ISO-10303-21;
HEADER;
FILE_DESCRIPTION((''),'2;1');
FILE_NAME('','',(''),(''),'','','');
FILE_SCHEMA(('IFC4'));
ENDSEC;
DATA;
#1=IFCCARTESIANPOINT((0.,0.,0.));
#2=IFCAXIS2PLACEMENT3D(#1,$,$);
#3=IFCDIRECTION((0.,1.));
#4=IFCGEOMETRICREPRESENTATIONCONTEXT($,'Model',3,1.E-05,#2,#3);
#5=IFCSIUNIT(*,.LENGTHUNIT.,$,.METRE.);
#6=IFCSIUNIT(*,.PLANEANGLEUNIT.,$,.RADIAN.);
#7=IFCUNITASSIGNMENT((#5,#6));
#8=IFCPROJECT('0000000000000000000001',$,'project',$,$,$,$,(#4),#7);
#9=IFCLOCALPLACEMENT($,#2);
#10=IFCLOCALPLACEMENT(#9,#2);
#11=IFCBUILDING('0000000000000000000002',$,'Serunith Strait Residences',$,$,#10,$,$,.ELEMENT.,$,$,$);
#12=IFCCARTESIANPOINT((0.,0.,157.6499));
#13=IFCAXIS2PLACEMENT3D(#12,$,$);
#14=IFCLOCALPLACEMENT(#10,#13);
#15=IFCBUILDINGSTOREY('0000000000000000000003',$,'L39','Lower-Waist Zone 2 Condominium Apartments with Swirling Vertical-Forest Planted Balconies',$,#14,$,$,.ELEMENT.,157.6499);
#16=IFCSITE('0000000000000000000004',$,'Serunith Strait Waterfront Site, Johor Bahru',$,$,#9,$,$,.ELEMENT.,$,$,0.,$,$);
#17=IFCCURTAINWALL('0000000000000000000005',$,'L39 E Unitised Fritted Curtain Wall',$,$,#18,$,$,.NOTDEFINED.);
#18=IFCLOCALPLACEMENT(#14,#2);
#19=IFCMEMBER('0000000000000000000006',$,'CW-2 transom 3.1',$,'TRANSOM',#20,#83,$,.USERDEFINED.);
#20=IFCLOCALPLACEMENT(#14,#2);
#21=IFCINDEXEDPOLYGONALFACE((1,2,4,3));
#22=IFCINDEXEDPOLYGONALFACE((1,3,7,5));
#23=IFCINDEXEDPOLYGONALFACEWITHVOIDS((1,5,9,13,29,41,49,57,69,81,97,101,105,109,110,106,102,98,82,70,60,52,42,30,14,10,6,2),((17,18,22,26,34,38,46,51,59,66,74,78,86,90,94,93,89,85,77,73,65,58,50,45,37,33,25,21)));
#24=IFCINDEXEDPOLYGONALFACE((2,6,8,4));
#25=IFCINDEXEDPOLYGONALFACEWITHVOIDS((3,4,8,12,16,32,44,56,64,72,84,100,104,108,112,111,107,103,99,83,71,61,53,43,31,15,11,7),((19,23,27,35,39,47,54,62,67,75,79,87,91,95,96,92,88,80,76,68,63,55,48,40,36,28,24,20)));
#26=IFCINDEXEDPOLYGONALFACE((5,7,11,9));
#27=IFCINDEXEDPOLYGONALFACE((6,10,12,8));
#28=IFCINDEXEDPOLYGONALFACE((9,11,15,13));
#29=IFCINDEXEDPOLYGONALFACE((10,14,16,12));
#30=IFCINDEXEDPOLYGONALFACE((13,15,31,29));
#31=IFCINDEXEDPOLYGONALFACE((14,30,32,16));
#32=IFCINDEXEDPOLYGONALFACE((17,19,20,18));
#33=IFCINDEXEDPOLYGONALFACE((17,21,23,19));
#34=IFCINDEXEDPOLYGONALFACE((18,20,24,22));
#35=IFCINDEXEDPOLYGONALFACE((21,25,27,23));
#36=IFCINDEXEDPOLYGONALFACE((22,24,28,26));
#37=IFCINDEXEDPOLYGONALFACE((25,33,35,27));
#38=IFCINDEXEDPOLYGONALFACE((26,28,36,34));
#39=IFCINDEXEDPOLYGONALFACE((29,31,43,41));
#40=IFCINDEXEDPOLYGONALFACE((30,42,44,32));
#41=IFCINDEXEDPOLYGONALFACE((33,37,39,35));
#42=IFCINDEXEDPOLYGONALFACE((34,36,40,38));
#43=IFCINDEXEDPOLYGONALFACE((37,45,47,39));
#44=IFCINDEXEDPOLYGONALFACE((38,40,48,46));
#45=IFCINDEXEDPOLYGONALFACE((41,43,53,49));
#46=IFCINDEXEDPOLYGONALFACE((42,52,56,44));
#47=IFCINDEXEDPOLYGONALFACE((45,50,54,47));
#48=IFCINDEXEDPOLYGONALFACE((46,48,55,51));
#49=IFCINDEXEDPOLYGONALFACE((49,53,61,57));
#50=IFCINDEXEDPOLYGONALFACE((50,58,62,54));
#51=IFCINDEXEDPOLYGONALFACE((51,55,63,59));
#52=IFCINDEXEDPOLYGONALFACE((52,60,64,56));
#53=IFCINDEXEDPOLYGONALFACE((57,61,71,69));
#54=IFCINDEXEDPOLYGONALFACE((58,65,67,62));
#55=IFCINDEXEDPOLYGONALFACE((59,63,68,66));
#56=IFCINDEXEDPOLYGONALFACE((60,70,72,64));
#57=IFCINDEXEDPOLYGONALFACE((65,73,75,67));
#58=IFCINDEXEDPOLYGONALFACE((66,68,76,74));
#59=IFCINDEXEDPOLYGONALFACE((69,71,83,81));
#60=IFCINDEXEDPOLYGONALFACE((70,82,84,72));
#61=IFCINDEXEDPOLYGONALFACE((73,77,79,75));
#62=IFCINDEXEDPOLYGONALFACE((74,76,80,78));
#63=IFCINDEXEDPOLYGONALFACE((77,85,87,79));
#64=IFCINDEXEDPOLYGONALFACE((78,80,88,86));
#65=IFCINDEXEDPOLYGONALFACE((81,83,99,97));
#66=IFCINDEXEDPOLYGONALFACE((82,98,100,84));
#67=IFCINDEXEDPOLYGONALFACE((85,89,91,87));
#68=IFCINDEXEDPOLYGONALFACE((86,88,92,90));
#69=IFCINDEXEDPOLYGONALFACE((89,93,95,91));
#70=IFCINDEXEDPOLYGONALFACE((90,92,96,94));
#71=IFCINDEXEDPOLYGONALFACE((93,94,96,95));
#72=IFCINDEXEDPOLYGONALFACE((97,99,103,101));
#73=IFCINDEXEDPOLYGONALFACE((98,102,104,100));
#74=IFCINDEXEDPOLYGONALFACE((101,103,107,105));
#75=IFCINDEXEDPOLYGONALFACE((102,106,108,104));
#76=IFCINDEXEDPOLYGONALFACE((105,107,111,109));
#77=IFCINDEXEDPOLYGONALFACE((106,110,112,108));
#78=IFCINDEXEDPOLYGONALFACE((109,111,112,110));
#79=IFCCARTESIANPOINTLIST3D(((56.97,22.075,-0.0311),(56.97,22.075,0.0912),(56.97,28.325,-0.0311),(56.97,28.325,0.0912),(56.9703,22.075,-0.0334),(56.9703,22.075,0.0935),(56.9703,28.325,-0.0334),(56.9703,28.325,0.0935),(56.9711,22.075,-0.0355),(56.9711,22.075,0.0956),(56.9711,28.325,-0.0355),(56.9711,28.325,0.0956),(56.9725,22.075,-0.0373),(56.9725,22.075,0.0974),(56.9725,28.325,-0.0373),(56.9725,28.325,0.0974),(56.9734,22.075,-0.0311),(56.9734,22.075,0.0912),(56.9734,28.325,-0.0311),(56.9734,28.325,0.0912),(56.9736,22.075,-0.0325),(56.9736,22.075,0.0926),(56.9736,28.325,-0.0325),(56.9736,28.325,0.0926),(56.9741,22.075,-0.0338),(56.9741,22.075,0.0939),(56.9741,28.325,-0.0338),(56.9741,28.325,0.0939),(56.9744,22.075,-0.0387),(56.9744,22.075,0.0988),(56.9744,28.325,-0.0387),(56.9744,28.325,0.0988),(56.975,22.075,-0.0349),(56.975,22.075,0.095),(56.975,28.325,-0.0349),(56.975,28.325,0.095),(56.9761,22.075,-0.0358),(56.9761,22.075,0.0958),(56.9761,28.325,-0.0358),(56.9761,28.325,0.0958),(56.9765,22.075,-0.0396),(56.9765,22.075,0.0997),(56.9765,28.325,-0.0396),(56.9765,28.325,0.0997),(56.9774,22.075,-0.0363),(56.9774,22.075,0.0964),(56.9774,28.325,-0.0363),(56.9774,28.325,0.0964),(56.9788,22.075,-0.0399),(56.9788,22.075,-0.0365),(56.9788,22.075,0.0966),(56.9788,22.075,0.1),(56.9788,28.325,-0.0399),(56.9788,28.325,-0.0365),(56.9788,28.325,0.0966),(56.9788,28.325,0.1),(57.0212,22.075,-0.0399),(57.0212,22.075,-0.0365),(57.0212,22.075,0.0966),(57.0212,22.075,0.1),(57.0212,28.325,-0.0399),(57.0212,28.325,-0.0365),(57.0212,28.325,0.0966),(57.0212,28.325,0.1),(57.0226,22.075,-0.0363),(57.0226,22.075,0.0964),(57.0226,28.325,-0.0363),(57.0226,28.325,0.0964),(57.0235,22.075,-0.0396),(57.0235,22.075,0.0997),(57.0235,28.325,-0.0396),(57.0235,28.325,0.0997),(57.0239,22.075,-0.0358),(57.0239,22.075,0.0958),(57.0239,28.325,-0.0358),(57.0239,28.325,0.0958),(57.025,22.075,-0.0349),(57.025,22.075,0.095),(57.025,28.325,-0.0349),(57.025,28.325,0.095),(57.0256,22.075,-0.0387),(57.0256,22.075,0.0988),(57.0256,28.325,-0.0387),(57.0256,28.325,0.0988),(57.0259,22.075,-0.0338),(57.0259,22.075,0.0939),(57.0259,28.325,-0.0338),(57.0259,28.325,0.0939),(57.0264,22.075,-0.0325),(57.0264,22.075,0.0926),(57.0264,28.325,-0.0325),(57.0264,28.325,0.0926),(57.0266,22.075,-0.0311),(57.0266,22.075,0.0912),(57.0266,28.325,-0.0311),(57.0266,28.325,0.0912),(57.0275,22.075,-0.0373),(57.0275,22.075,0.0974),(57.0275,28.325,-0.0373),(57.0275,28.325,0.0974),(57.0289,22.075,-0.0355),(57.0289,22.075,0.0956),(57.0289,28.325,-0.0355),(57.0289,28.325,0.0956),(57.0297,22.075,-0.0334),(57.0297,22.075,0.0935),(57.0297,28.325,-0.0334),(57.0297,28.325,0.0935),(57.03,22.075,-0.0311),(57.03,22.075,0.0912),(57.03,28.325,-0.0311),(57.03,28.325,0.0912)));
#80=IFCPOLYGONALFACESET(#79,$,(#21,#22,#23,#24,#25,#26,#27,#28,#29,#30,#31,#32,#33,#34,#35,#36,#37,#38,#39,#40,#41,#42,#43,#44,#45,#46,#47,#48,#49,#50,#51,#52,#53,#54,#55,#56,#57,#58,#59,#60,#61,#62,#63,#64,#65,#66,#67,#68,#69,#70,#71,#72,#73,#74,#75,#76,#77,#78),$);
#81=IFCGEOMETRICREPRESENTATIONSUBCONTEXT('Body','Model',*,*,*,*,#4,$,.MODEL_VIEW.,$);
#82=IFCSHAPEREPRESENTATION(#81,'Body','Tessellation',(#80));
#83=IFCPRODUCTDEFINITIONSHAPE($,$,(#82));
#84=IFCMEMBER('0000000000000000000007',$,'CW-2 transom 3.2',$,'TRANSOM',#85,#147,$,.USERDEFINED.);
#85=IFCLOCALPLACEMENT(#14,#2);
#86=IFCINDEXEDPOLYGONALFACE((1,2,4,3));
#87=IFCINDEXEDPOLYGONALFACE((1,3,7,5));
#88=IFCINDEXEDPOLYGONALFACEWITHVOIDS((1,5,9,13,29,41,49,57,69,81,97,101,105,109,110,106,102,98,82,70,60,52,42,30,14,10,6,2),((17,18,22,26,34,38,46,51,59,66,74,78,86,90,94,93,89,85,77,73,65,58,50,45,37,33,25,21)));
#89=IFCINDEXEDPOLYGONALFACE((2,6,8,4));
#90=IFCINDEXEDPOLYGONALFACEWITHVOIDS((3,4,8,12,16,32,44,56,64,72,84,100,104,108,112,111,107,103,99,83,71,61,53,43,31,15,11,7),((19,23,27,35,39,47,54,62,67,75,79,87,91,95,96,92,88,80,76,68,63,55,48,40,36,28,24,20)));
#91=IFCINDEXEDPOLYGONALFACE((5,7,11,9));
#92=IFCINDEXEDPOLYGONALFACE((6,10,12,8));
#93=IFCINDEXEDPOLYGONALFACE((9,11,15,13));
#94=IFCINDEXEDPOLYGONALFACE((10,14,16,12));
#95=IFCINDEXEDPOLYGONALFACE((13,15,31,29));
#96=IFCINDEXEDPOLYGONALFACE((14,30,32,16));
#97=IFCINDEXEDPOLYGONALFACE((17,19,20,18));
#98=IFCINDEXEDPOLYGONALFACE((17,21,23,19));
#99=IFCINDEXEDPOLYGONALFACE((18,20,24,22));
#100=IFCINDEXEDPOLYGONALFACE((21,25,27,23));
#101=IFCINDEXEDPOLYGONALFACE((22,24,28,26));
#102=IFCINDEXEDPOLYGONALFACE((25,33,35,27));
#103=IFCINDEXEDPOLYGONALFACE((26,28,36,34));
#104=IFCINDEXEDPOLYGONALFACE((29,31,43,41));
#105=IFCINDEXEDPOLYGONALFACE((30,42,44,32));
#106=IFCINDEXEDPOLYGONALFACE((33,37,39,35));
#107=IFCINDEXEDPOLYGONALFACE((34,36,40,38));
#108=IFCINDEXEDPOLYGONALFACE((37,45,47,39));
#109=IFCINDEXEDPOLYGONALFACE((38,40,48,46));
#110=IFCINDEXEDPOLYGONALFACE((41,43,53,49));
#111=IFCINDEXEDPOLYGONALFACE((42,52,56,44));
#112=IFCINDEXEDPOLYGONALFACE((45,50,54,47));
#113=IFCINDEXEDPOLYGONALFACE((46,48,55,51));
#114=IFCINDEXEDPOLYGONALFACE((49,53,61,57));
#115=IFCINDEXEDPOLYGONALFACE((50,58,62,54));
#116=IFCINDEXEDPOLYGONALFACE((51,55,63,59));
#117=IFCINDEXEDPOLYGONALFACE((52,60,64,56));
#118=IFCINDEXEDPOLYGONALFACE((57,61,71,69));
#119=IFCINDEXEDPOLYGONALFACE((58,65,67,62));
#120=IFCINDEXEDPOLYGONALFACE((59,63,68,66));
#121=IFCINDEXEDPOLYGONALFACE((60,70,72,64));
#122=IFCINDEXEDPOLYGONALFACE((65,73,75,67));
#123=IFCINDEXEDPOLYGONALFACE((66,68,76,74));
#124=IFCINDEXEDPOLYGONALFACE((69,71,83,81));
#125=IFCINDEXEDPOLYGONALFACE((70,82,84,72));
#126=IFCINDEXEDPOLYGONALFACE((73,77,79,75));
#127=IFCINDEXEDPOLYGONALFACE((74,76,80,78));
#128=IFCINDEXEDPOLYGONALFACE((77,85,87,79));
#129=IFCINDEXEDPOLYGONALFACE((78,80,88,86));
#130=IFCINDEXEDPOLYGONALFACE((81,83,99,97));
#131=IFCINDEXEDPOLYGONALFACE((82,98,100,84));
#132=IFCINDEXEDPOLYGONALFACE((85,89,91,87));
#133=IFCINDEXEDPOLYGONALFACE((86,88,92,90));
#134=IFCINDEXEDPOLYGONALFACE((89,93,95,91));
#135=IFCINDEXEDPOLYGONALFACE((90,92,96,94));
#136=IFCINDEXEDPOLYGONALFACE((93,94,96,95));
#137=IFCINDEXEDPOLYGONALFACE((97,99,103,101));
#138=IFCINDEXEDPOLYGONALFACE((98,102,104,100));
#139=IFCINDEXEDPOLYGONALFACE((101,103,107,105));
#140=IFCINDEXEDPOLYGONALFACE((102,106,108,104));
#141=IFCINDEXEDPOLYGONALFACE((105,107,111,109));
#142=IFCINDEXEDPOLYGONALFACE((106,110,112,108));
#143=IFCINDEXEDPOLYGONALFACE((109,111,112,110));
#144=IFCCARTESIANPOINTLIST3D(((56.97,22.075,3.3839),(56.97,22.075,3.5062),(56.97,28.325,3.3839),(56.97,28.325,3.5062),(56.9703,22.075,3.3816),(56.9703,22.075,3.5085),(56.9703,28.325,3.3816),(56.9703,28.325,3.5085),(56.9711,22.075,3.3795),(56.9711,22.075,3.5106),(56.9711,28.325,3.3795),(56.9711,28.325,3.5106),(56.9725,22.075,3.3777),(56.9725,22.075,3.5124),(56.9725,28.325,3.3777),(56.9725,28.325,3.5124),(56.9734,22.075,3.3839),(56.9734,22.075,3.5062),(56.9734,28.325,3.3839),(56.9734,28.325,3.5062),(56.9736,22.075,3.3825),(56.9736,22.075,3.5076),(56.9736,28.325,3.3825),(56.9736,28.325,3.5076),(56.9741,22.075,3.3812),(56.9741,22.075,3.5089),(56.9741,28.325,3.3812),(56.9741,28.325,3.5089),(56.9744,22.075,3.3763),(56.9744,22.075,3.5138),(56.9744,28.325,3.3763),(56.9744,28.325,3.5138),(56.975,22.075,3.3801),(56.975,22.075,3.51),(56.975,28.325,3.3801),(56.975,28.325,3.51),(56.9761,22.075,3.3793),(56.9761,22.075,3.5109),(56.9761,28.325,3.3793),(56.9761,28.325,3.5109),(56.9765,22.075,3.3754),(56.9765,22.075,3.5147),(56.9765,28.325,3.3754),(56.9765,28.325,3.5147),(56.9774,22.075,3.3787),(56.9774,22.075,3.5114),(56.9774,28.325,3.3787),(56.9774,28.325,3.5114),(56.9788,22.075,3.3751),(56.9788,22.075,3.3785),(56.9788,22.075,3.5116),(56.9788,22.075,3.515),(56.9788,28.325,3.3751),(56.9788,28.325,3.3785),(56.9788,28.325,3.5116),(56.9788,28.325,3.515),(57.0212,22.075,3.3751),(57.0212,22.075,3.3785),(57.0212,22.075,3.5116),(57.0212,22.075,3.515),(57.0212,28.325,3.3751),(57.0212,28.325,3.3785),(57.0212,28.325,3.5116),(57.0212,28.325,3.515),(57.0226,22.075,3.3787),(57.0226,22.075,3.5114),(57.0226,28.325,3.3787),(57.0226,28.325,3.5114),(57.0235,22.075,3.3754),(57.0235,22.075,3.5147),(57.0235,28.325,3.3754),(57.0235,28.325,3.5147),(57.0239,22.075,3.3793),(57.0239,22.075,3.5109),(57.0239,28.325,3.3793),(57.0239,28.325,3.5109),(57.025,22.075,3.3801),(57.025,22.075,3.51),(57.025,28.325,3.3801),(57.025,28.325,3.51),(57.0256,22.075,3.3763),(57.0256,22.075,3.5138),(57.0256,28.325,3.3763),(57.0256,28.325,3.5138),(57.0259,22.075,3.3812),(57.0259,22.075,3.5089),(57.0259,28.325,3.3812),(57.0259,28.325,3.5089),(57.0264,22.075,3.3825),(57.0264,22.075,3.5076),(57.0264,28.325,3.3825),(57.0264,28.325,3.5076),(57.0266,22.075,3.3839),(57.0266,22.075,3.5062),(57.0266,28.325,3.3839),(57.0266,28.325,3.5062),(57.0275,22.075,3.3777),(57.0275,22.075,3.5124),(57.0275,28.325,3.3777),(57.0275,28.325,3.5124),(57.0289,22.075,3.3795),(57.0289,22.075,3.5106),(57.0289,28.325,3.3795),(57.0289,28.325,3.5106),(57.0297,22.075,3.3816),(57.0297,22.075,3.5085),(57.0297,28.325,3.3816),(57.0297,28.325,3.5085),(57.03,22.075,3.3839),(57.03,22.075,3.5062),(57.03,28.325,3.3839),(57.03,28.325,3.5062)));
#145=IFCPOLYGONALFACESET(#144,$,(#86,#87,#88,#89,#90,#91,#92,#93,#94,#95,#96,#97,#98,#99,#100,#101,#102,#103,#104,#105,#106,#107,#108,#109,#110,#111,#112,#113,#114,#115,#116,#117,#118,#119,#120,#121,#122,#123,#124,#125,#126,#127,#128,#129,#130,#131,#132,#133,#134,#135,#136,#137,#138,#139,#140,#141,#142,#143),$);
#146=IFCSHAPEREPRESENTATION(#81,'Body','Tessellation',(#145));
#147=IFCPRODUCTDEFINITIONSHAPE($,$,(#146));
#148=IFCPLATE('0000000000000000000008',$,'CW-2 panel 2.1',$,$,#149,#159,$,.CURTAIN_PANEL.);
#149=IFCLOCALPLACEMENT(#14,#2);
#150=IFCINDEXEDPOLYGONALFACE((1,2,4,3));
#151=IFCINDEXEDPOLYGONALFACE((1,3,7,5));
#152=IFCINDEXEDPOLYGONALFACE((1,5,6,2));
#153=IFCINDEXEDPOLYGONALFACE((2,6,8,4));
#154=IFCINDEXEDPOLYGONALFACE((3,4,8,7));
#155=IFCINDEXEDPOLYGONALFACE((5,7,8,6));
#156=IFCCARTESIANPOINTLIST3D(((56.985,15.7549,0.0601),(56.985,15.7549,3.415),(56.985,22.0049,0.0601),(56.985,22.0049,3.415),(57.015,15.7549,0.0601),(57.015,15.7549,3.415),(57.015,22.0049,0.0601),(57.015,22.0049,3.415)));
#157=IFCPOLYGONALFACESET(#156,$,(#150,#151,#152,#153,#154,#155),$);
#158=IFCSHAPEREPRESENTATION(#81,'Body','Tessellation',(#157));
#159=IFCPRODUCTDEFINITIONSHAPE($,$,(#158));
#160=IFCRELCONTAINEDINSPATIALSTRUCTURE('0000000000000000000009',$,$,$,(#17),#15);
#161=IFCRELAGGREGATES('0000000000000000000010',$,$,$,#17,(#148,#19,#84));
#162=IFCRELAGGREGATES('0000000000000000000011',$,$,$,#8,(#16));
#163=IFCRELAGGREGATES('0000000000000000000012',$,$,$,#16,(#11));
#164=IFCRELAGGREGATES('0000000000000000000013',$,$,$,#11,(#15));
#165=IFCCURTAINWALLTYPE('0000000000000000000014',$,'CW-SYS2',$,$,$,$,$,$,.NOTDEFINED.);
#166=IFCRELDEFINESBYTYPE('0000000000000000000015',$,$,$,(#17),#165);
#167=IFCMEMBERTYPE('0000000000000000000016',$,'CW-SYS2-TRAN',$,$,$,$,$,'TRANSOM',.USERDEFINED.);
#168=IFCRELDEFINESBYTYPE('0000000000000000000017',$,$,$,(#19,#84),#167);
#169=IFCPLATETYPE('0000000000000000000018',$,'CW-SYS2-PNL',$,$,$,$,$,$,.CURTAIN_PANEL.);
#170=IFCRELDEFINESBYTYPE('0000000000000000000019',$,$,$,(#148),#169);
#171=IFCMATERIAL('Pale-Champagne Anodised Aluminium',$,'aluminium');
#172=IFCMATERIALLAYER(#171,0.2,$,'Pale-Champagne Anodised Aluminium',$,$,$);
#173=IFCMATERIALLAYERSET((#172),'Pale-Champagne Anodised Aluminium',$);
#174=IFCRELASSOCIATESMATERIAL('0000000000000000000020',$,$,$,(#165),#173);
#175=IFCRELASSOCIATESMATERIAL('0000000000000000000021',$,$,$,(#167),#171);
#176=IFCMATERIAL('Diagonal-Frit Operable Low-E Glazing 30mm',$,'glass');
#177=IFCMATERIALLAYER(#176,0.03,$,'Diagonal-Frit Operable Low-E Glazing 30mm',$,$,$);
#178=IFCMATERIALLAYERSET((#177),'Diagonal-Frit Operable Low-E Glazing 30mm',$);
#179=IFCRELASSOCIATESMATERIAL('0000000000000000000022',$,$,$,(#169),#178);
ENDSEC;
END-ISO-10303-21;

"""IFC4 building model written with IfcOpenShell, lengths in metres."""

from ifc_helpers import new_model, si_unit, direction, frame, origin, origin_2d, place, context, subcontext, project, spatial, rectangle, hollow_rectangle, extrude, source, transform, mapped, material, layer, layer_set, material_profile, profile_set, type_object, element, aggregate, save


model = new_model("IFC4")

# Units and contexts
model_context = context("Model", 3, precision=1e-05, world=origin(), true_north=direction((0.0, 1.0)))
body_context = subcontext(model_context, "Body", "Model", "MODEL_VIEW")
ifc_project = project(units=[si_unit("LENGTHUNIT", "METRE"), si_unit("PLANEANGLEUNIT", "RADIAN")], contexts=[model_context])

# Site, building, storey
site_placement = place(None, origin())
site = spatial("IfcSite", under=ifc_project, at=site_placement, Name="Serunith Strait Waterfront Site, Johor Bahru", CompositionType="ELEMENT", RefElevation=0.0)
building_placement = place(site_placement, origin())
building = spatial("IfcBuilding", under=site, at=building_placement, Name="Serunith Strait Residences", CompositionType="ELEMENT")
storey_placement = place(building_placement, frame((0.0, 0.0, 157.6499)))
storey = spatial("IfcBuildingStorey", under=building, at=storey_placement, Name="L39", Description="Lower-Waist Zone 2 Condominium Apartments with Swirling Vertical-Forest Planted Balconies", CompositionType="ELEMENT", Elevation=157.6499)

# Curtain wall, members, plate
ifc_material_1 = material(Name="Pale-Champagne Anodised Aluminium", Category="aluminium")
ifc_layer_1 = layer(ifc_material_1, 0.2, Name="Pale-Champagne Anodised Aluminium")
ifc_layer_set_1 = layer_set([ifc_layer_1], Name="Pale-Champagne Anodised Aluminium")
curtain_wall_type = type_object("IfcCurtainWallType", Name="CW-SYS2", PredefinedType="NOTDEFINED", material=ifc_layer_set_1)
curtain_wall_placement = place(storey_placement, origin())
curtain_wall = element("IfcCurtainWall", 1, at=curtain_wall_placement, inside=storey, type_object=curtain_wall_type, Name="L39 E Unitised Fritted Curtain Wall", PredefinedType="NOTDEFINED")
ifc_material_profile_1 = material_profile(ifc_material_1, hollow_rectangle(XDim=0.0601, YDim=0.1399, WallThickness=0.0034, InnerFilletRadius=0.0054, OuterFilletRadius=0.0088, at=origin_2d()), Name="ALU 140x60x3.5")
ifc_profile_set_1 = profile_set([ifc_material_profile_1], Name="Pale-Champagne Anodised Aluminium")
member_type_1 = type_object("IfcMemberType", Name="CW-SYS2-TRAN", ElementType="TRANSOM", PredefinedType="USERDEFINED", material=ifc_profile_set_1)
shared_shape_1 = source(origin(), body_context, "Body", "SweptSolid", [
    extrude(hollow_rectangle(XDim=0.0601, YDim=0.1399, WallThickness=0.0034, InnerFilletRadius=0.0054, OuterFilletRadius=0.0088, at=origin_2d()), origin(), (0.0, 0.0, 1.0), 6.25),
])
member_1_placement = place(storey_placement, frame((57.0, 22.075, 0.03), z_axis=(0.0, 1.0, 0.0), x_axis=(-1.0, 0.0, 0.0)))
member_1 = element("IfcMember", 2, at=member_1_placement, type_object=member_type_1, Name="CW-2 transom 3.1", ObjectType="TRANSOM", PredefinedType="USERDEFINED", context=body_context, shape_type="MappedRepresentation", body=[
    mapped(shared_shape_1, transform((0.0, 0.0, 0.0), scale=1.0)),
])
member_2_placement = place(storey_placement, frame((57.0, 22.075, 3.4451), z_axis=(0.0, 1.0, 0.0), x_axis=(-1.0, 0.0, 0.0)))
member_2 = element("IfcMember", 3, at=member_2_placement, type_object=member_type_1, Name="CW-2 transom 3.2", ObjectType="TRANSOM", PredefinedType="USERDEFINED", context=body_context, shape_type="MappedRepresentation", body=[
    mapped(shared_shape_1, transform((0.0, 0.0, 0.0), scale=1.0)),
])
ifc_material_2 = material(Name="Diagonal-Frit Operable Low-E Glazing 30mm", Category="glass")
ifc_layer_2 = layer(ifc_material_2, 0.03, Name="Diagonal-Frit Operable Low-E Glazing 30mm")
ifc_layer_set_2 = layer_set([ifc_layer_2], Name="Diagonal-Frit Operable Low-E Glazing 30mm")
plate_type = type_object("IfcPlateType", Name="CW-SYS2-PNL", PredefinedType="CURTAIN_PANEL", material=ifc_layer_set_2)
shared_shape_2 = source(origin(), body_context, "Body", "SweptSolid", [
    extrude(rectangle(XDim=6.25, YDim=0.03, at=origin_2d()), origin(), (0.0, 0.0, 1.0), 3.355),
])
plate_placement = place(storey_placement, frame((57.0, 18.8799, 0.0601), z_axis=(0.0, 0.0, 1.0), x_axis=(0.0, 1.0, 0.0)))
plate = element("IfcPlate", 4, at=plate_placement, type_object=plate_type, Name="CW-2 panel 2.1", PredefinedType="CURTAIN_PANEL", context=body_context, shape_type="MappedRepresentation", body=[
    mapped(shared_shape_2, transform((0.0, 0.0, 0.0), scale=1.0)),
])
aggregate(curtain_wall, [plate, member_1, member_2])

save(model, "model.ifc")
